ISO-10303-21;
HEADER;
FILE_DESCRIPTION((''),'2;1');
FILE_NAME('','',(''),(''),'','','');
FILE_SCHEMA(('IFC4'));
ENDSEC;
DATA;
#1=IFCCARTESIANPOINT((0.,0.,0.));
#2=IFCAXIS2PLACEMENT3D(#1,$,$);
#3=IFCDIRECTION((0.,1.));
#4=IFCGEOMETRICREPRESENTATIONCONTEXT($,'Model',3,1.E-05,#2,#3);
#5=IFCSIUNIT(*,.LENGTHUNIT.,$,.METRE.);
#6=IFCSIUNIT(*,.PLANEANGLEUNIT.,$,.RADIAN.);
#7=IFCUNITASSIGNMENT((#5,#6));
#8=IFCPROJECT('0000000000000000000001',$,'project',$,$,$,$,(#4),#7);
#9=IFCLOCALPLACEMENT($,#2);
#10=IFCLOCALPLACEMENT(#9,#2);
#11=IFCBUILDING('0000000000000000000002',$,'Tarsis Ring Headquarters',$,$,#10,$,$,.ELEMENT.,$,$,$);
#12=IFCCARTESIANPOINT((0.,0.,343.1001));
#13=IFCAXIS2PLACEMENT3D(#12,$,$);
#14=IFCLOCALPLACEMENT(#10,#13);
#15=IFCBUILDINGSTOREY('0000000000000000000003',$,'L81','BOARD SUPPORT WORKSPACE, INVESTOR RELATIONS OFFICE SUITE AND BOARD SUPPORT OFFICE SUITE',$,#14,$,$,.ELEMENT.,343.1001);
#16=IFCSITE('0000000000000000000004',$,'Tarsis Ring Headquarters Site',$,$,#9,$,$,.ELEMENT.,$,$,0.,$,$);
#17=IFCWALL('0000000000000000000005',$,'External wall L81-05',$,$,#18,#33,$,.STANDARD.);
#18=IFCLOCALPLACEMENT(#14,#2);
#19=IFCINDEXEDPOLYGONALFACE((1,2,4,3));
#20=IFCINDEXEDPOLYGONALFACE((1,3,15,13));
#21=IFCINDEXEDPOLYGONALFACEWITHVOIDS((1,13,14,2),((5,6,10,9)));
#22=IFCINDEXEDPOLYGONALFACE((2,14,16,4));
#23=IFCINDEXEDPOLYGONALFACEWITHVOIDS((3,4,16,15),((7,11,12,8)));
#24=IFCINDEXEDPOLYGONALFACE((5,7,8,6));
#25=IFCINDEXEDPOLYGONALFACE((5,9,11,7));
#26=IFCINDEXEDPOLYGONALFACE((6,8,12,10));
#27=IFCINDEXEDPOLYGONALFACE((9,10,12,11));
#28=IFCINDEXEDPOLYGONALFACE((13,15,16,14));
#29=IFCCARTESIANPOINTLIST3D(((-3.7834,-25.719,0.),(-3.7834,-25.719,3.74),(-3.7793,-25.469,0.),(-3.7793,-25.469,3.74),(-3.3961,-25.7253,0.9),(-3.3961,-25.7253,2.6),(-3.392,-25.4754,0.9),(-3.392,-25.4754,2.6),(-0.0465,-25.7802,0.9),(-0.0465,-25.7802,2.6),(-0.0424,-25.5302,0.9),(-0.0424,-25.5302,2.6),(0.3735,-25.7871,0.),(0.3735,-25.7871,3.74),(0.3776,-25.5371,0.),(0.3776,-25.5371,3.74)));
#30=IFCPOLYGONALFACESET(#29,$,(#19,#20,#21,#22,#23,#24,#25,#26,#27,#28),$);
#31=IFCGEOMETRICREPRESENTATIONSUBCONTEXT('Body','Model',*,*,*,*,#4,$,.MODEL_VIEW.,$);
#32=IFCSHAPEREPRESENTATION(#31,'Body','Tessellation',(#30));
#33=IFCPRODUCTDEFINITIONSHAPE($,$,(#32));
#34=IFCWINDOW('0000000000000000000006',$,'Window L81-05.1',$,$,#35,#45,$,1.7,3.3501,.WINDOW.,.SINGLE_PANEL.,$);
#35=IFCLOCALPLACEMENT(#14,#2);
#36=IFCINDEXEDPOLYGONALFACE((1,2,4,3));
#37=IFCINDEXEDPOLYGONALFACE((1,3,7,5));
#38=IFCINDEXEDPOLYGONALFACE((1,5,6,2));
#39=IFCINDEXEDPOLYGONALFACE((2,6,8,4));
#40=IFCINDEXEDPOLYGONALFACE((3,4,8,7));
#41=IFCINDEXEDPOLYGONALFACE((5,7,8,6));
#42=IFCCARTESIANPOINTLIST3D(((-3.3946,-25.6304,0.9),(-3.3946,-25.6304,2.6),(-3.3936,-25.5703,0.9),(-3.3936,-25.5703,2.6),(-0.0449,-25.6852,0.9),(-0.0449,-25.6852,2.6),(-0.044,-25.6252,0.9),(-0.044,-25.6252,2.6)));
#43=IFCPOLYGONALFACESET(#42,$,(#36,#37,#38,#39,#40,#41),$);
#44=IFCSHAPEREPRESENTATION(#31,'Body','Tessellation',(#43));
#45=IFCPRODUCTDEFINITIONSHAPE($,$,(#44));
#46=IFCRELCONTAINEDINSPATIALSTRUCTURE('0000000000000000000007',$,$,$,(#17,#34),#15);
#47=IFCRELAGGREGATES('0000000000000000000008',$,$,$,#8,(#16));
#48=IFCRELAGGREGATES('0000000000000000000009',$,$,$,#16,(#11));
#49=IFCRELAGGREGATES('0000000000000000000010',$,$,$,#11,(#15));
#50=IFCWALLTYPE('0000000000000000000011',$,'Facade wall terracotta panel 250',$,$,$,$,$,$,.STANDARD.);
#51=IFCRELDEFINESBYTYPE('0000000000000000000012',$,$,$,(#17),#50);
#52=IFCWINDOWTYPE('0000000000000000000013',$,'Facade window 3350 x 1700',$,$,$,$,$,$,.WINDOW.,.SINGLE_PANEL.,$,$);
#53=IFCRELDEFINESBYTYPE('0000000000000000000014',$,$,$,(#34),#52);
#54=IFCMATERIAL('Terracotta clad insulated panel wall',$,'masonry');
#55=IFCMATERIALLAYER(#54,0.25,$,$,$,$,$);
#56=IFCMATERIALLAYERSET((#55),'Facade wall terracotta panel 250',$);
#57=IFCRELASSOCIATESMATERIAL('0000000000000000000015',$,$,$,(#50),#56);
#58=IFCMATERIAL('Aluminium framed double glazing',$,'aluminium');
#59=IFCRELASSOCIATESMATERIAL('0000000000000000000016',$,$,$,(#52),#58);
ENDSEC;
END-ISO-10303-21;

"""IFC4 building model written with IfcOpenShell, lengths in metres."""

from ifc_helpers import new_model, si_unit, direction, frame, frame_2d, origin, place, context, subcontext, project, spatial, rectangle, extrude, material, layer, layer_set, type_object, element, fill, save


model = new_model("IFC4")

# Units and contexts
model_context = context("Model", 3, precision=1e-05, world=origin(), true_north=direction((0.0, 1.0)))
body_context = subcontext(model_context, "Body", "Model", "MODEL_VIEW")
ifc_project = project(units=[si_unit("LENGTHUNIT", "METRE"), si_unit("PLANEANGLEUNIT", "RADIAN")], contexts=[model_context])

# Site, building, storey
site_placement = place(None, origin())
site = spatial("IfcSite", under=ifc_project, at=site_placement, Name="Tarsis Ring Headquarters Site", CompositionType="ELEMENT", RefElevation=0.0)
building_placement = place(site_placement, origin())
building = spatial("IfcBuilding", under=site, at=building_placement, Name="Tarsis Ring Headquarters", CompositionType="ELEMENT")
storey_placement = place(building_placement, frame((0.0, 0.0, 343.1001)))
storey = spatial("IfcBuildingStorey", under=building, at=storey_placement, Name="L81", Description="BOARD SUPPORT WORKSPACE, INVESTOR RELATIONS OFFICE SUITE AND BOARD SUPPORT OFFICE SUITE", CompositionType="ELEMENT", Elevation=343.1001)

# Wall, opening, window
ifc_material_1 = material(Name="Terracotta clad insulated panel wall", Category="masonry")
ifc_layer_1 = layer(ifc_material_1, 0.25)
ifc_layer_set_1 = layer_set([ifc_layer_1], Name="Facade wall terracotta panel 250")
wall_type_1 = type_object("IfcWallType", Name="Facade wall terracotta panel 250", PredefinedType="STANDARD", material=ifc_layer_set_1)
ifc_material_2 = material(Name="Aluminium framed double glazing", Category="aluminium")
window_type_1 = type_object("IfcWindowType", Name="Facade window 3350 x 1700", PartitioningType="SINGLE_PANEL", PredefinedType="WINDOW", material=ifc_material_2)
wall_1_placement = place(storey_placement, frame((-3.7812, -25.594, 0.0), z_axis=(0.0, 0.0, 1.0), x_axis=(0.999866, -0.016384, 0.0)))
wall_1 = element("IfcWall", 1, at=wall_1_placement, inside=storey, type_object=wall_type_1, Name="External wall L81-05", PredefinedType="STANDARD", context=body_context, shape_type="SweptSolid", body=[
    extrude(rectangle(XDim=4.1575, YDim=0.25, at=frame_2d((2.0786, 0.0))), origin(), (0.0, 0.0, 1.0), 3.74),
])
opening_1_placement = place(wall_1_placement, frame((0.3872, 0.0, 0.8999)))
opening_1 = element("IfcOpeningElement", 2, at=opening_1_placement, cuts=wall_1, PredefinedType="OPENING", context=body_context, shape_type="SweptSolid", body=[
    extrude(rectangle(XDim=3.3501, YDim=1.7, at=frame_2d((1.675, 0.8501))), frame((0.0, 0.135, 0.0), z_axis=(0.0, -1.0, 0.0), x_axis=(1.0, 0.0, 0.0)), (0.0, 0.0, 1.0), 0.27),
])
window_1_placement = place(opening_1_placement, origin())
window_1 = element("IfcWindow", 3, at=window_1_placement, inside=storey, type_object=window_type_1, Name="Window L81-05.1", OverallHeight=1.7, OverallWidth=3.3501, PartitioningType="SINGLE_PANEL", PredefinedType="WINDOW", context=body_context, shape_type="SweptSolid", body=[
    extrude(rectangle(XDim=3.3501, YDim=1.7, at=frame_2d((1.675, 0.8501))), frame((0.0, 0.03, 0.0), z_axis=(0.0, -1.0, 0.0), x_axis=(1.0, 0.0, 0.0)), (0.0, 0.0, 1.0), 0.0601),
])
fill(opening_1, window_1)

save(model, "model.ifc")
